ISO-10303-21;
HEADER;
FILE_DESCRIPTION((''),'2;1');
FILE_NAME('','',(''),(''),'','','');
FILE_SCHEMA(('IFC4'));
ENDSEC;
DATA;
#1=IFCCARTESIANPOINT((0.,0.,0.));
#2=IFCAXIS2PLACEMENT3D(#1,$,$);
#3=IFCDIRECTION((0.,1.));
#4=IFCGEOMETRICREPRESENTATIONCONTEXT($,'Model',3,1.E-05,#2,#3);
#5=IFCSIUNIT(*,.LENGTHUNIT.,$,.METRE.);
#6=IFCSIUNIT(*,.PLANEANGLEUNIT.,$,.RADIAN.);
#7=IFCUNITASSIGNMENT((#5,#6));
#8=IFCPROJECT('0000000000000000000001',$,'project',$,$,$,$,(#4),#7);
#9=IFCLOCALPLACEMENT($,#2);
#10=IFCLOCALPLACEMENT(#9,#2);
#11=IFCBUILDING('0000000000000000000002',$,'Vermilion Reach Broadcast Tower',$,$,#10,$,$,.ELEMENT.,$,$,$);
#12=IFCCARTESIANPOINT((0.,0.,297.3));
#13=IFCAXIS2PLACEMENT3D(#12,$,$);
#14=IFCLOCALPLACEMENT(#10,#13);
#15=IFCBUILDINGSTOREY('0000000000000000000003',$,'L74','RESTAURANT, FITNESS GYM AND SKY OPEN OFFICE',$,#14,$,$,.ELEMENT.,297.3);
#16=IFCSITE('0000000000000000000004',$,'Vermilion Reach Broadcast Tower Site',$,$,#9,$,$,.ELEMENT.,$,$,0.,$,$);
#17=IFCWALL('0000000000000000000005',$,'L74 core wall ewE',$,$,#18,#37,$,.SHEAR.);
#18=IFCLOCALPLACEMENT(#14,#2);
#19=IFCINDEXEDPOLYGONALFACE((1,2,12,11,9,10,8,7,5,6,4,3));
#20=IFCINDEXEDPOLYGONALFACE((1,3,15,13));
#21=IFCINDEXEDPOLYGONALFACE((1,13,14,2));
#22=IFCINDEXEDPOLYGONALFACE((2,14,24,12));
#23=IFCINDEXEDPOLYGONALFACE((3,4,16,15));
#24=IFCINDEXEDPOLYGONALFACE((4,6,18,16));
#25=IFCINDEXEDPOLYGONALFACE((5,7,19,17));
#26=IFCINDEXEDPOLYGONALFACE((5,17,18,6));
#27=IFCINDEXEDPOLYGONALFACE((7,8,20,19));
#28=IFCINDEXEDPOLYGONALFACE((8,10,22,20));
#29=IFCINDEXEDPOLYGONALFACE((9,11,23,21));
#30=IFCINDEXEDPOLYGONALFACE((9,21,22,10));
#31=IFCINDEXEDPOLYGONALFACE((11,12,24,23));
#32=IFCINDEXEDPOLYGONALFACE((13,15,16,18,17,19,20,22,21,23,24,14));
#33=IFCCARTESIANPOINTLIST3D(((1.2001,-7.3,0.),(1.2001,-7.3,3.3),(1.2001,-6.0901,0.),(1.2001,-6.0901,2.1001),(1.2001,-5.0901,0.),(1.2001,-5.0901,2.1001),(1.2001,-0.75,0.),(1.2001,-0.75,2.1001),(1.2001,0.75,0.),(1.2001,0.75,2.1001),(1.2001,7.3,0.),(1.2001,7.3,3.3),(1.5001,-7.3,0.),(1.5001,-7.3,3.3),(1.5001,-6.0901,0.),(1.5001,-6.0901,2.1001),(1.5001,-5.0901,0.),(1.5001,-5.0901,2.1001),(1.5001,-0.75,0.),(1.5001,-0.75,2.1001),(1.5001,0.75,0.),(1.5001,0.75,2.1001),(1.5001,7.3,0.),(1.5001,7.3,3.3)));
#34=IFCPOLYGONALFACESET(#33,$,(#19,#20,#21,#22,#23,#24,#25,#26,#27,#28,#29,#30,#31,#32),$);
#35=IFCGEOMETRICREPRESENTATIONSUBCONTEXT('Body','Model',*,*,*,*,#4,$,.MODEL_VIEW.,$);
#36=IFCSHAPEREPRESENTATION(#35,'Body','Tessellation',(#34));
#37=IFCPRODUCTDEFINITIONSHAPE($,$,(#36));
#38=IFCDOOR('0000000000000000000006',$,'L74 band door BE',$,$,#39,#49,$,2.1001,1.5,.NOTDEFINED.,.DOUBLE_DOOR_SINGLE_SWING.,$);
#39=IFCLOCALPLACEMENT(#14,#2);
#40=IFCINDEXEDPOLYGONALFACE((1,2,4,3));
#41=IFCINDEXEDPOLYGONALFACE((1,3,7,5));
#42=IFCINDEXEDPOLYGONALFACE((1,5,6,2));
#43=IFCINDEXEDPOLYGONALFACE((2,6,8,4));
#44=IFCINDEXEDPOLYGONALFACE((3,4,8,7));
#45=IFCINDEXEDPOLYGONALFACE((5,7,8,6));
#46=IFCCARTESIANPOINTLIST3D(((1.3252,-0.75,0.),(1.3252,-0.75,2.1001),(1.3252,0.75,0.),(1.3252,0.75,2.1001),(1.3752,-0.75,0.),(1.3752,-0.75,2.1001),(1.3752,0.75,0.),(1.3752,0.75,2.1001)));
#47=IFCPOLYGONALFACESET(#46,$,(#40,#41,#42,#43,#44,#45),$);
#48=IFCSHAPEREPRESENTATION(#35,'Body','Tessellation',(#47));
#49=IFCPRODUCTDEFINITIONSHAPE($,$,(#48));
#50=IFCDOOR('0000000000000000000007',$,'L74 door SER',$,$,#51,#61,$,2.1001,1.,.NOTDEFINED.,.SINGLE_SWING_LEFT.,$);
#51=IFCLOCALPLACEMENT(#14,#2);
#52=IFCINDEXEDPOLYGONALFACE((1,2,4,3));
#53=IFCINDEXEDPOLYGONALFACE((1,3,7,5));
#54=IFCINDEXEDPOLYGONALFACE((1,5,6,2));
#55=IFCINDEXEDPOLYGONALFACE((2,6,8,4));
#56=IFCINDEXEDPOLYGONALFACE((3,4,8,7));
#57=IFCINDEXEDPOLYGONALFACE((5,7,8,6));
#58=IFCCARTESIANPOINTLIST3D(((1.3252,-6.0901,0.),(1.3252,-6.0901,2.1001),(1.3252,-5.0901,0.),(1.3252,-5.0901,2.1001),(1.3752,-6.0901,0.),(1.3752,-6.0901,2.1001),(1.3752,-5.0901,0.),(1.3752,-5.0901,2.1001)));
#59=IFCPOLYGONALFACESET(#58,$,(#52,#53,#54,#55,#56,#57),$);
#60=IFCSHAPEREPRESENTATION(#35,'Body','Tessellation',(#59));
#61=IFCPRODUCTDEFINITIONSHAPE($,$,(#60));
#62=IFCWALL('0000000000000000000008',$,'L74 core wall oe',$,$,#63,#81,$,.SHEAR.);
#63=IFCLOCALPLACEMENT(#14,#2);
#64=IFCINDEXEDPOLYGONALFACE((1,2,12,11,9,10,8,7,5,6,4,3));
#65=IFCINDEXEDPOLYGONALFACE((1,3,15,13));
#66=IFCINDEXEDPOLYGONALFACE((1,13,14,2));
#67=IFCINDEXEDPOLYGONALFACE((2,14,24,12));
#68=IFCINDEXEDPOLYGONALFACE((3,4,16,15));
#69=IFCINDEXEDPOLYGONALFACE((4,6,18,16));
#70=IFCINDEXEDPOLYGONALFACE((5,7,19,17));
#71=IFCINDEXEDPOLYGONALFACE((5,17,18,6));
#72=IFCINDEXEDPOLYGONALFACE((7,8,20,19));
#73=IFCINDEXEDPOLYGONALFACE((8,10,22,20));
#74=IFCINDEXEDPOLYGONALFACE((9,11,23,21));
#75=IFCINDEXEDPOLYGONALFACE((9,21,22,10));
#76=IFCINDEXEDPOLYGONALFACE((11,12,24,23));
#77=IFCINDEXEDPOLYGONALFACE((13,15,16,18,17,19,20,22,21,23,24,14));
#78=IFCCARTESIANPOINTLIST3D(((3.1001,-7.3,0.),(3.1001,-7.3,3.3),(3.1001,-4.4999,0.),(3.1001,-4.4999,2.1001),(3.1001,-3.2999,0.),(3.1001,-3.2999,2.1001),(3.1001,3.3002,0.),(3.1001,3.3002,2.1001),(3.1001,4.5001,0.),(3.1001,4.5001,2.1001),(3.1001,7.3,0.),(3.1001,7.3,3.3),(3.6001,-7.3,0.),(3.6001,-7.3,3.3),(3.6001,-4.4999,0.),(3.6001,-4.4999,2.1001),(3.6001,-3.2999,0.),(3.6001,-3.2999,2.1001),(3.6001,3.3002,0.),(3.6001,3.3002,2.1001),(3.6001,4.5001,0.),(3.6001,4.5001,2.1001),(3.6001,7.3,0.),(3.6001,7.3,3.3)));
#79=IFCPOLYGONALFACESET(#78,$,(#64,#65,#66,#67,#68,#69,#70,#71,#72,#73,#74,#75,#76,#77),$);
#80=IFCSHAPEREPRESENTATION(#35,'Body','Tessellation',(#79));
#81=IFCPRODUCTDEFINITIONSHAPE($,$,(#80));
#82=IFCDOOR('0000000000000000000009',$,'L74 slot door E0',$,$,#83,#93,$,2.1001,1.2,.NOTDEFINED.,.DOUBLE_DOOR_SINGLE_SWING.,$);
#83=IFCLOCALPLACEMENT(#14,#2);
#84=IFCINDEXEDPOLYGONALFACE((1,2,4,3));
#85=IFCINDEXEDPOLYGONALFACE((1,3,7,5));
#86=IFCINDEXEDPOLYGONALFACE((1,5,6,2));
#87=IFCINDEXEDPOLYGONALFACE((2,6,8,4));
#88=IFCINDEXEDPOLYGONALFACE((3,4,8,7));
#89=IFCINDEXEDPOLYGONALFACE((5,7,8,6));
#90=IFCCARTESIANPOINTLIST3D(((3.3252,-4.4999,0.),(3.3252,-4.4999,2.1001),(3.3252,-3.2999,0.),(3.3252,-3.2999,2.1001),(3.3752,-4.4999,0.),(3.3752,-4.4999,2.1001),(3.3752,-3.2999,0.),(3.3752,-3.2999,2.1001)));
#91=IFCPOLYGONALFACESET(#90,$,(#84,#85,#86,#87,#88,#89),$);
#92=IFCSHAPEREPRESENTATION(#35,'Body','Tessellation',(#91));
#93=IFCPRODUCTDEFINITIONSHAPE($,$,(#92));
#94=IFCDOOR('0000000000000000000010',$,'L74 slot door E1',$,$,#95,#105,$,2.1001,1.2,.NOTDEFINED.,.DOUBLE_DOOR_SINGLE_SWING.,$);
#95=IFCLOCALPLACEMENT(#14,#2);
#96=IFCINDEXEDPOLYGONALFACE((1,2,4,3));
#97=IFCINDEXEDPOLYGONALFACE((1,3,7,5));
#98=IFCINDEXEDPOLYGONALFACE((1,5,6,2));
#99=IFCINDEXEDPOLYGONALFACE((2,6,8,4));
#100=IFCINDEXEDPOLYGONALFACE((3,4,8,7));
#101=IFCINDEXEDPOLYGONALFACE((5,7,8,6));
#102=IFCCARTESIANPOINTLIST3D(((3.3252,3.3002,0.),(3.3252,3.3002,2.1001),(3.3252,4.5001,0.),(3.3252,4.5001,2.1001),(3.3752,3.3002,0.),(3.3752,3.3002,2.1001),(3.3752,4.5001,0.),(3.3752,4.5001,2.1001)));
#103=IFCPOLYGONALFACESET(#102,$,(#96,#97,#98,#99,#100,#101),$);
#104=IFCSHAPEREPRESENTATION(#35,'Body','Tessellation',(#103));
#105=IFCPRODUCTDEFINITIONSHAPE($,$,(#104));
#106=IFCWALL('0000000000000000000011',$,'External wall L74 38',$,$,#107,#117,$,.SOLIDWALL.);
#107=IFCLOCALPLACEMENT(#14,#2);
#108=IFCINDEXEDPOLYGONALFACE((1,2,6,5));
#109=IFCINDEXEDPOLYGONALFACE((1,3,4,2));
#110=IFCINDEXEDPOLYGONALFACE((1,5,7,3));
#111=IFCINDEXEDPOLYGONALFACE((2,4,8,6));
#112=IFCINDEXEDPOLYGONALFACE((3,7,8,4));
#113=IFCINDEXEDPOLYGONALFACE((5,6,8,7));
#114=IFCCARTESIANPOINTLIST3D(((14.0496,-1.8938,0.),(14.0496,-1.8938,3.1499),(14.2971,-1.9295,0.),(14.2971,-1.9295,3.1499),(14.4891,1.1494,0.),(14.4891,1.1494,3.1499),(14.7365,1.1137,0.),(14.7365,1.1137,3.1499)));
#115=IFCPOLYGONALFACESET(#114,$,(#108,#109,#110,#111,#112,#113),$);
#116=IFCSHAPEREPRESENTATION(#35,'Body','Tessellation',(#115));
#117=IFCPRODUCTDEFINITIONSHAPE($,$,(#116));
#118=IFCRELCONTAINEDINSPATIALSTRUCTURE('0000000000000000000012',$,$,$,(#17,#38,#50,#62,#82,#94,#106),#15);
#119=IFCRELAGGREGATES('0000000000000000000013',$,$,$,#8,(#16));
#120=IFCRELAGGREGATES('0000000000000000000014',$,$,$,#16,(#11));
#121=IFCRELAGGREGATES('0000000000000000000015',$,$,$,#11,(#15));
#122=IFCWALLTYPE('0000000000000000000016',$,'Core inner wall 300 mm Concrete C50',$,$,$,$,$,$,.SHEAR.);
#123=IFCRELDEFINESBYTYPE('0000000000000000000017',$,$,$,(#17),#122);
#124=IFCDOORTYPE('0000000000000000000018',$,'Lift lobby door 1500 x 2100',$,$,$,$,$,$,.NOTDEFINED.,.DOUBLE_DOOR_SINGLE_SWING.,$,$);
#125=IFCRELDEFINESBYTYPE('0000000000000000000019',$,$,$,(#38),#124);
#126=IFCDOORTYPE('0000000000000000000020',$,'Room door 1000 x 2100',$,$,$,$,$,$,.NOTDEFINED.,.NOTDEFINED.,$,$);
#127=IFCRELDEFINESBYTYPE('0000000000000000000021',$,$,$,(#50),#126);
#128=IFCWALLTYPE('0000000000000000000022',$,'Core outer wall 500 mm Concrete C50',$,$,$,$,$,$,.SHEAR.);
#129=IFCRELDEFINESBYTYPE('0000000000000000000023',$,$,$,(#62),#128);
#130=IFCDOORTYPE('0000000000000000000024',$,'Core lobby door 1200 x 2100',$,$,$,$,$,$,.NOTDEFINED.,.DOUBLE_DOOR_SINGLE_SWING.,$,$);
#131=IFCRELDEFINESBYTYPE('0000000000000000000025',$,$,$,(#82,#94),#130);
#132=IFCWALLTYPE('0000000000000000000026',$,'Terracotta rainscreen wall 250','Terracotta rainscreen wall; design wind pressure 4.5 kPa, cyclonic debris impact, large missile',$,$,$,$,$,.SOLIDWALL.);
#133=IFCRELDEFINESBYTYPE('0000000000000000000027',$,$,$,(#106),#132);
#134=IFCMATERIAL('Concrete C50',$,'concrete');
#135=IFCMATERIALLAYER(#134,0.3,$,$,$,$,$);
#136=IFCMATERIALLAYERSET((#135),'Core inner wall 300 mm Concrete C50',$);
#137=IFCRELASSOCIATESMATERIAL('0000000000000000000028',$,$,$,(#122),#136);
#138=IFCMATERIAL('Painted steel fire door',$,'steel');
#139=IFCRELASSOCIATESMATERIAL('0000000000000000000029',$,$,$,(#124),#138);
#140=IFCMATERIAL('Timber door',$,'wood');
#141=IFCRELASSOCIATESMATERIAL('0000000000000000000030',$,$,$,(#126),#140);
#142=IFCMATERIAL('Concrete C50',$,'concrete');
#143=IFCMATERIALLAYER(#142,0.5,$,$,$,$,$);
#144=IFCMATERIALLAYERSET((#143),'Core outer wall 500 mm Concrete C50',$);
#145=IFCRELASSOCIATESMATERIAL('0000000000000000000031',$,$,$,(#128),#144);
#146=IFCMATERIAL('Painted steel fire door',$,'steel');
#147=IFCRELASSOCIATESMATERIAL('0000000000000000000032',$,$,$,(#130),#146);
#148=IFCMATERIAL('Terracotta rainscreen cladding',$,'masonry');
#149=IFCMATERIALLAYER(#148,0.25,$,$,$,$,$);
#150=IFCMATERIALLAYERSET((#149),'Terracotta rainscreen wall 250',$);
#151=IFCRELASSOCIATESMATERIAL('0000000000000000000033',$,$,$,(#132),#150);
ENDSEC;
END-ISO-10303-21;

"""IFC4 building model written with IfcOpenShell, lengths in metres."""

from ifc_helpers import new_model, si_unit, direction, frame, frame_2d, origin, place, context, subcontext, project, spatial, rectangle, extrude, material, layer, layer_set, type_object, element, fill, save


model = new_model("IFC4")

# Units and contexts
model_context = context("Model", 3, precision=1e-05, world=origin(), true_north=direction((0.0, 1.0)))
body_context = subcontext(model_context, "Body", "Model", "MODEL_VIEW")
ifc_project = project(units=[si_unit("LENGTHUNIT", "METRE"), si_unit("PLANEANGLEUNIT", "RADIAN")], contexts=[model_context])

# Site, building, storey
site_placement = place(None, origin())
site = spatial("IfcSite", under=ifc_project, at=site_placement, Name="Vermilion Reach Broadcast Tower Site", CompositionType="ELEMENT", RefElevation=0.0)
building_placement = place(site_placement, origin())
building = spatial("IfcBuilding", under=site, at=building_placement, Name="Vermilion Reach Broadcast Tower", CompositionType="ELEMENT")
storey_placement = place(building_placement, frame((0.0, 0.0, 297.3)))
storey = spatial("IfcBuildingStorey", under=building, at=storey_placement, Name="L74", Description="RESTAURANT, FITNESS GYM AND SKY OPEN OFFICE", CompositionType="ELEMENT", Elevation=297.3)

# Walls, openings, doors
ifc_material_1 = material(Name="Concrete C50", Category="concrete")
ifc_layer_1 = layer(ifc_material_1, 0.3)
ifc_layer_set_1 = layer_set([ifc_layer_1], Name="Core inner wall 300 mm Concrete C50")
wall_type_1 = type_object("IfcWallType", Name="Core inner wall 300 mm Concrete C50", PredefinedType="SHEAR", material=ifc_layer_set_1)
wall_1_placement = place(storey_placement, frame((1.3501, -7.3, 0.0), z_axis=(0.0, 0.0, 1.0), x_axis=(0.0, 1.0, 0.0)))
wall_1 = element("IfcWall", 1, at=wall_1_placement, inside=storey, type_object=wall_type_1, Name="L74 core wall ewE", PredefinedType="SHEAR", context=body_context, shape_type="SweptSolid", body=[
    extrude(rectangle(XDim=14.6001, YDim=0.3, at=frame_2d((7.3, 0.0))), origin(), (0.0, 0.0, 1.0), 3.3),
])
opening_1_placement = place(wall_1_placement, frame((1.21, 0.0, 0.0)))
opening_1 = element("IfcOpeningElement", 2, at=opening_1_placement, cuts=wall_1, PredefinedType="OPENING", context=body_context, shape_type="SweptSolid", body=[
    extrude(rectangle(XDim=1.0, YDim=2.1001, at=frame_2d((0.5, 1.05))), frame((0.0, 0.1599, 0.0), z_axis=(0.0, -1.0, 0.0), x_axis=(1.0, 0.0, 0.0)), (0.0, 0.0, 1.0), 0.3201),
])
opening_2_placement = place(wall_1_placement, frame((6.55, 0.0, 0.0)))
opening_2 = element("IfcOpeningElement", 3, at=opening_2_placement, cuts=wall_1, PredefinedType="OPENING", context=body_context, shape_type="SweptSolid", body=[
    extrude(rectangle(XDim=1.5, YDim=2.1001, at=frame_2d((0.75, 1.05))), frame((0.0, 0.1599, 0.0), z_axis=(0.0, -1.0, 0.0), x_axis=(1.0, 0.0, 0.0)), (0.0, 0.0, 1.0), 0.3201),
])
ifc_material_2 = material(Name="Painted steel fire door", Category="steel")
door_type_1 = type_object("IfcDoorType", Name="Lift lobby door 1500 x 2100", OperationType="DOUBLE_DOOR_SINGLE_SWING", PredefinedType="NOTDEFINED", material=ifc_material_2)
door_1_placement = place(opening_2_placement, origin())
door_1 = element("IfcDoor", 4, at=door_1_placement, inside=storey, type_object=door_type_1, Name="L74 band door BE", OperationType="DOUBLE_DOOR_SINGLE_SWING", OverallHeight=2.1001, OverallWidth=1.5, PredefinedType="NOTDEFINED", context=body_context, shape_type="SweptSolid", body=[
    extrude(rectangle(XDim=1.5, YDim=2.1001, at=frame_2d((0.75, 1.05))), frame((0.0, 0.0249, 0.0), z_axis=(0.0, -1.0, 0.0), x_axis=(1.0, 0.0, 0.0)), (0.0, 0.0, 1.0), 0.05),
])
fill(opening_2, door_1)
ifc_material_3 = material(Name="Timber door", Category="wood")
door_type_2 = type_object("IfcDoorType", Name="Room door 1000 x 2100", OperationType="NOTDEFINED", PredefinedType="NOTDEFINED", material=ifc_material_3)
door_2_placement = place(opening_1_placement, origin())
door_2 = element("IfcDoor", 5, at=door_2_placement, inside=storey, type_object=door_type_2, Name="L74 door SER", OperationType="SINGLE_SWING_LEFT", OverallHeight=2.1001, OverallWidth=1.0, PredefinedType="NOTDEFINED", context=body_context, shape_type="SweptSolid", body=[
    extrude(rectangle(XDim=1.0, YDim=2.1001, at=frame_2d((0.5, 1.05))), frame((0.0, 0.0249, 0.0), z_axis=(0.0, -1.0, 0.0), x_axis=(1.0, 0.0, 0.0)), (0.0, 0.0, 1.0), 0.05),
])
fill(opening_1, door_2)
ifc_material_4 = material(Name="Concrete C50", Category="concrete")
ifc_layer_2 = layer(ifc_material_4, 0.5)
ifc_layer_set_2 = layer_set([ifc_layer_2], Name="Core outer wall 500 mm Concrete C50")
wall_type_2 = type_object("IfcWallType", Name="Core outer wall 500 mm Concrete C50", PredefinedType="SHEAR", material=ifc_layer_set_2)
wall_2_placement = place(storey_placement, frame((3.3501, -7.3, 0.0), z_axis=(0.0, 0.0, 1.0), x_axis=(0.0, 1.0, 0.0)))
wall_2 = element("IfcWall", 6, at=wall_2_placement, inside=storey, type_object=wall_type_2, Name="L74 core wall oe", PredefinedType="SHEAR", context=body_context, shape_type="SweptSolid", body=[
    extrude(rectangle(XDim=14.6001, YDim=0.5, at=frame_2d((7.3, 0.0))), origin(), (0.0, 0.0, 1.0), 3.3),
])
opening_3_placement = place(wall_2_placement, frame((2.8, 0.0, 0.0)))
opening_3 = element("IfcOpeningElement", 7, at=opening_3_placement, cuts=wall_2, PredefinedType="OPENING", context=body_context, shape_type="SweptSolid", body=[
    extrude(rectangle(XDim=1.2, YDim=2.1001, at=frame_2d((0.6001, 1.05))), frame((0.0, 0.26, 0.0), z_axis=(0.0, -1.0, 0.0), x_axis=(1.0, 0.0, 0.0)), (0.0, 0.0, 1.0), 0.52),
])
opening_4_placement = place(wall_2_placement, frame((10.6001, 0.0, 0.0)))
opening_4 = element("IfcOpeningElement", 8, at=opening_4_placement, cuts=wall_2, PredefinedType="OPENING", context=body_context, shape_type="SweptSolid", body=[
    extrude(rectangle(XDim=1.2, YDim=2.1001, at=frame_2d((0.6001, 1.05))), frame((0.0, 0.26, 0.0), z_axis=(0.0, -1.0, 0.0), x_axis=(1.0, 0.0, 0.0)), (0.0, 0.0, 1.0), 0.52),
])
ifc_material_5 = material(Name="Painted steel fire door", Category="steel")
door_type_3 = type_object("IfcDoorType", Name="Core lobby door 1200 x 2100", OperationType="DOUBLE_DOOR_SINGLE_SWING", PredefinedType="NOTDEFINED", material=ifc_material_5)
door_3_placement = place(opening_3_placement, origin())
door_3 = element("IfcDoor", 9, at=door_3_placement, inside=storey, type_object=door_type_3, Name="L74 slot door E0", OperationType="DOUBLE_DOOR_SINGLE_SWING", OverallHeight=2.1001, OverallWidth=1.2, PredefinedType="NOTDEFINED", context=body_context, shape_type="SweptSolid", body=[
    extrude(rectangle(XDim=1.2, YDim=2.1001, at=frame_2d((0.6001, 1.05))), frame((0.0, 0.0249, 0.0), z_axis=(0.0, -1.0, 0.0), x_axis=(1.0, 0.0, 0.0)), (0.0, 0.0, 1.0), 0.05),
])
fill(opening_3, door_3)
door_4_placement = place(opening_4_placement, origin())
door_4 = element("IfcDoor", 10, at=door_4_placement, inside=storey, type_object=door_type_3, Name="L74 slot door E1", OperationType="DOUBLE_DOOR_SINGLE_SWING", OverallHeight=2.1001, OverallWidth=1.2, PredefinedType="NOTDEFINED", context=body_context, shape_type="SweptSolid", body=[
    extrude(rectangle(XDim=1.2, YDim=2.1001, at=frame_2d((0.6001, 1.05))), frame((0.0, 0.0249, 0.0), z_axis=(0.0, -1.0, 0.0), x_axis=(1.0, 0.0, 0.0)), (0.0, 0.0, 1.0), 0.05),
])
fill(opening_4, door_4)

# Wall
ifc_material_6 = material(Name="Terracotta rainscreen cladding", Category="masonry")
ifc_layer_3 = layer(ifc_material_6, 0.25)
ifc_layer_set_3 = layer_set([ifc_layer_3], Name="Terracotta rainscreen wall 250")
wall_type_3 = type_object("IfcWallType", Name="Terracotta rainscreen wall 250", Description="Terracotta rainscreen wall; design wind pressure 4.5 kPa, cyclonic debris impact, large missile", PredefinedType="SOLIDWALL", material=ifc_layer_set_3)
wall_3_placement = place(storey_placement, frame((14.1733, -1.9116, 0.0), z_axis=(0.0, 0.0, 1.0), x_axis=(0.142922, 0.989734, 0.0)))
element("IfcWall", 11, at=wall_3_placement, inside=storey, type_object=wall_type_3, Name="External wall L74 38", PredefinedType="SOLIDWALL", context=body_context, shape_type="SweptSolid", body=[
    extrude(rectangle(XDim=3.0747, YDim=0.25, at=frame_2d((1.5374, 0.0))), origin(), (0.0, 0.0, 1.0), 3.1499),
])

save(model, "model.ifc")
